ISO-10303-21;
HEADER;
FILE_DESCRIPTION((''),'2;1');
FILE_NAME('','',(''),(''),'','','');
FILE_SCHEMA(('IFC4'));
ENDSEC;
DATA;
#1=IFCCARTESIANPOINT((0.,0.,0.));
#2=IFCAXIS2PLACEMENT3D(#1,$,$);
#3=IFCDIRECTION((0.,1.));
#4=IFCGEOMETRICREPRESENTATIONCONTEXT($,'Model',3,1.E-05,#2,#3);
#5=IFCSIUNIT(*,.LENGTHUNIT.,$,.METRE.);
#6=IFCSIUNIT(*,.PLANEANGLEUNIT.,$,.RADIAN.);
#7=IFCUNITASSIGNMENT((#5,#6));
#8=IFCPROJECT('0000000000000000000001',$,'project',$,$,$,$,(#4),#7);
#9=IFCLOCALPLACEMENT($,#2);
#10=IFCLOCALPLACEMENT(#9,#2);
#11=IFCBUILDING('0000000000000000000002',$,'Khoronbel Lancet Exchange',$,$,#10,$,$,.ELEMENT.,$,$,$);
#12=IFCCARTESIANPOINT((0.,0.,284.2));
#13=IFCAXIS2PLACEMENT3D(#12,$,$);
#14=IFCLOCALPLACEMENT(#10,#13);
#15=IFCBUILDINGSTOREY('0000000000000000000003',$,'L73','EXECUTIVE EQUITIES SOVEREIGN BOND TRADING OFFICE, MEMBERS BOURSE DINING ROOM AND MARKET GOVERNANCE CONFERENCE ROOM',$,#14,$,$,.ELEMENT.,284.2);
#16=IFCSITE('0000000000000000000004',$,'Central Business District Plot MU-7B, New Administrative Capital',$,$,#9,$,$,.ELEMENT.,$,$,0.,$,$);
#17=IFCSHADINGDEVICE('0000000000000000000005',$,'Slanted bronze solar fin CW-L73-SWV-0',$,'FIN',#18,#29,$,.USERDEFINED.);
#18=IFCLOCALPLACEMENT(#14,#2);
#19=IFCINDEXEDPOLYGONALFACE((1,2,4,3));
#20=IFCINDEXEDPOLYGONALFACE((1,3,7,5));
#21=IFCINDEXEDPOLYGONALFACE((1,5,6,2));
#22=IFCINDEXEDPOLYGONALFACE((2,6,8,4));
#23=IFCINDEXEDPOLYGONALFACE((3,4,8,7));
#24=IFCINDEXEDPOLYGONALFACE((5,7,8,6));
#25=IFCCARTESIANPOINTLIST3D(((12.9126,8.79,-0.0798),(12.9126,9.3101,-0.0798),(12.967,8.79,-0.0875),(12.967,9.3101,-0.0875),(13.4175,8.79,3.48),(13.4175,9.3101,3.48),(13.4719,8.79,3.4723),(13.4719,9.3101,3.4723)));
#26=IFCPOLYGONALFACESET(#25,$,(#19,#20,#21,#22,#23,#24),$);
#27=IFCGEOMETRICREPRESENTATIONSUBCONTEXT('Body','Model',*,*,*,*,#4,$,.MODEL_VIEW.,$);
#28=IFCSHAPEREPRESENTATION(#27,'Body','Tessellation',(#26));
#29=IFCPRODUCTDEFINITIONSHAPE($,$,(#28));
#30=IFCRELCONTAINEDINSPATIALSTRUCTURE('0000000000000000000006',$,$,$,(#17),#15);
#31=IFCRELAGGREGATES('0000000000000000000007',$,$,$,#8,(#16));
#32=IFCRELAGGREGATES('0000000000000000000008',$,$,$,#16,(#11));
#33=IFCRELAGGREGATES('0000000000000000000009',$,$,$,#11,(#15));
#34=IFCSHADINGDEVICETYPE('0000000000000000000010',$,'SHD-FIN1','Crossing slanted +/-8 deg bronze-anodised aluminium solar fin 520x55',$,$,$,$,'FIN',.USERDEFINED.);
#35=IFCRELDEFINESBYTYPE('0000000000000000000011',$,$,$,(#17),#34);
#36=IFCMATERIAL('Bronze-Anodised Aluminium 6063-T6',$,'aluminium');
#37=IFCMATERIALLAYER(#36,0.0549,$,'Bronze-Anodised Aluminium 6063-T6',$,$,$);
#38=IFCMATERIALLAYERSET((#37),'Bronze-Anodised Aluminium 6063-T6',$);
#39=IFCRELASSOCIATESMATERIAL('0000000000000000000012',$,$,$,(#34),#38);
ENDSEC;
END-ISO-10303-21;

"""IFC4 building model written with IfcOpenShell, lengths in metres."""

from ifc_helpers import new_model, si_unit, direction, frame, origin, place, context, subcontext, project, spatial, polyline, outline, extrude, material, layer, layer_set, type_object, element, save


model = new_model("IFC4")

# Units and contexts
model_context = context("Model", 3, precision=1e-05, world=origin(), true_north=direction((0.0, 1.0)))
body_context = subcontext(model_context, "Body", "Model", "MODEL_VIEW")
ifc_project = project(units=[si_unit("LENGTHUNIT", "METRE"), si_unit("PLANEANGLEUNIT", "RADIAN")], contexts=[model_context])

# Site, building, storey
site_placement = place(None, origin())
site = spatial("IfcSite", under=ifc_project, at=site_placement, Name="Central Business District Plot MU-7B, New Administrative Capital", CompositionType="ELEMENT", RefElevation=0.0)
building_placement = place(site_placement, origin())
building = spatial("IfcBuilding", under=site, at=building_placement, Name="Khoronbel Lancet Exchange", CompositionType="ELEMENT")
storey_placement = place(building_placement, frame((0.0, 0.0, 284.2)))
storey = spatial("IfcBuildingStorey", under=building, at=storey_placement, Name="L73", Description="EXECUTIVE EQUITIES SOVEREIGN BOND TRADING OFFICE, MEMBERS BOURSE DINING ROOM AND MARKET GOVERNANCE CONFERENCE ROOM", CompositionType="ELEMENT", Elevation=284.2)

# Shared definitions
ifc_material_1 = material(Name="Bronze-Anodised Aluminium 6063-T6", Category="aluminium")

# Shading device
ifc_layer_1 = layer(ifc_material_1, 0.0549, Name="Bronze-Anodised Aluminium 6063-T6")
ifc_layer_set_1 = layer_set([ifc_layer_1], Name="Bronze-Anodised Aluminium 6063-T6")
shading_device_type = type_object("IfcShadingDeviceType", Name="SHD-FIN1", Description="Crossing slanted +/-8 deg bronze-anodised aluminium solar fin 520x55", ElementType="FIN", PredefinedType="USERDEFINED", material=ifc_layer_set_1)
shading_device_placement = place(storey_placement, frame((12.9126, 9.3101, -0.0798), z_axis=(-0.990092, 0.0, 0.140423), x_axis=(0.0, -1.0, 0.0)))
element("IfcShadingDevice", 1, at=shading_device_placement, inside=storey, type_object=shading_device_type, Name="Slanted bronze solar fin CW-L73-SWV-0", ObjectType="FIN", PredefinedType="USERDEFINED", context=body_context, shape_type="SweptSolid", body=[
    extrude(outline(polyline([(0.0, 0.0), (0.52, 0.0), (0.52, 3.5955), (0.0, 3.5955), (0.0, 0.0)])), origin(), (0.0, 0.0, -1.0), 0.0549),
])

save(model, "model.ifc")
